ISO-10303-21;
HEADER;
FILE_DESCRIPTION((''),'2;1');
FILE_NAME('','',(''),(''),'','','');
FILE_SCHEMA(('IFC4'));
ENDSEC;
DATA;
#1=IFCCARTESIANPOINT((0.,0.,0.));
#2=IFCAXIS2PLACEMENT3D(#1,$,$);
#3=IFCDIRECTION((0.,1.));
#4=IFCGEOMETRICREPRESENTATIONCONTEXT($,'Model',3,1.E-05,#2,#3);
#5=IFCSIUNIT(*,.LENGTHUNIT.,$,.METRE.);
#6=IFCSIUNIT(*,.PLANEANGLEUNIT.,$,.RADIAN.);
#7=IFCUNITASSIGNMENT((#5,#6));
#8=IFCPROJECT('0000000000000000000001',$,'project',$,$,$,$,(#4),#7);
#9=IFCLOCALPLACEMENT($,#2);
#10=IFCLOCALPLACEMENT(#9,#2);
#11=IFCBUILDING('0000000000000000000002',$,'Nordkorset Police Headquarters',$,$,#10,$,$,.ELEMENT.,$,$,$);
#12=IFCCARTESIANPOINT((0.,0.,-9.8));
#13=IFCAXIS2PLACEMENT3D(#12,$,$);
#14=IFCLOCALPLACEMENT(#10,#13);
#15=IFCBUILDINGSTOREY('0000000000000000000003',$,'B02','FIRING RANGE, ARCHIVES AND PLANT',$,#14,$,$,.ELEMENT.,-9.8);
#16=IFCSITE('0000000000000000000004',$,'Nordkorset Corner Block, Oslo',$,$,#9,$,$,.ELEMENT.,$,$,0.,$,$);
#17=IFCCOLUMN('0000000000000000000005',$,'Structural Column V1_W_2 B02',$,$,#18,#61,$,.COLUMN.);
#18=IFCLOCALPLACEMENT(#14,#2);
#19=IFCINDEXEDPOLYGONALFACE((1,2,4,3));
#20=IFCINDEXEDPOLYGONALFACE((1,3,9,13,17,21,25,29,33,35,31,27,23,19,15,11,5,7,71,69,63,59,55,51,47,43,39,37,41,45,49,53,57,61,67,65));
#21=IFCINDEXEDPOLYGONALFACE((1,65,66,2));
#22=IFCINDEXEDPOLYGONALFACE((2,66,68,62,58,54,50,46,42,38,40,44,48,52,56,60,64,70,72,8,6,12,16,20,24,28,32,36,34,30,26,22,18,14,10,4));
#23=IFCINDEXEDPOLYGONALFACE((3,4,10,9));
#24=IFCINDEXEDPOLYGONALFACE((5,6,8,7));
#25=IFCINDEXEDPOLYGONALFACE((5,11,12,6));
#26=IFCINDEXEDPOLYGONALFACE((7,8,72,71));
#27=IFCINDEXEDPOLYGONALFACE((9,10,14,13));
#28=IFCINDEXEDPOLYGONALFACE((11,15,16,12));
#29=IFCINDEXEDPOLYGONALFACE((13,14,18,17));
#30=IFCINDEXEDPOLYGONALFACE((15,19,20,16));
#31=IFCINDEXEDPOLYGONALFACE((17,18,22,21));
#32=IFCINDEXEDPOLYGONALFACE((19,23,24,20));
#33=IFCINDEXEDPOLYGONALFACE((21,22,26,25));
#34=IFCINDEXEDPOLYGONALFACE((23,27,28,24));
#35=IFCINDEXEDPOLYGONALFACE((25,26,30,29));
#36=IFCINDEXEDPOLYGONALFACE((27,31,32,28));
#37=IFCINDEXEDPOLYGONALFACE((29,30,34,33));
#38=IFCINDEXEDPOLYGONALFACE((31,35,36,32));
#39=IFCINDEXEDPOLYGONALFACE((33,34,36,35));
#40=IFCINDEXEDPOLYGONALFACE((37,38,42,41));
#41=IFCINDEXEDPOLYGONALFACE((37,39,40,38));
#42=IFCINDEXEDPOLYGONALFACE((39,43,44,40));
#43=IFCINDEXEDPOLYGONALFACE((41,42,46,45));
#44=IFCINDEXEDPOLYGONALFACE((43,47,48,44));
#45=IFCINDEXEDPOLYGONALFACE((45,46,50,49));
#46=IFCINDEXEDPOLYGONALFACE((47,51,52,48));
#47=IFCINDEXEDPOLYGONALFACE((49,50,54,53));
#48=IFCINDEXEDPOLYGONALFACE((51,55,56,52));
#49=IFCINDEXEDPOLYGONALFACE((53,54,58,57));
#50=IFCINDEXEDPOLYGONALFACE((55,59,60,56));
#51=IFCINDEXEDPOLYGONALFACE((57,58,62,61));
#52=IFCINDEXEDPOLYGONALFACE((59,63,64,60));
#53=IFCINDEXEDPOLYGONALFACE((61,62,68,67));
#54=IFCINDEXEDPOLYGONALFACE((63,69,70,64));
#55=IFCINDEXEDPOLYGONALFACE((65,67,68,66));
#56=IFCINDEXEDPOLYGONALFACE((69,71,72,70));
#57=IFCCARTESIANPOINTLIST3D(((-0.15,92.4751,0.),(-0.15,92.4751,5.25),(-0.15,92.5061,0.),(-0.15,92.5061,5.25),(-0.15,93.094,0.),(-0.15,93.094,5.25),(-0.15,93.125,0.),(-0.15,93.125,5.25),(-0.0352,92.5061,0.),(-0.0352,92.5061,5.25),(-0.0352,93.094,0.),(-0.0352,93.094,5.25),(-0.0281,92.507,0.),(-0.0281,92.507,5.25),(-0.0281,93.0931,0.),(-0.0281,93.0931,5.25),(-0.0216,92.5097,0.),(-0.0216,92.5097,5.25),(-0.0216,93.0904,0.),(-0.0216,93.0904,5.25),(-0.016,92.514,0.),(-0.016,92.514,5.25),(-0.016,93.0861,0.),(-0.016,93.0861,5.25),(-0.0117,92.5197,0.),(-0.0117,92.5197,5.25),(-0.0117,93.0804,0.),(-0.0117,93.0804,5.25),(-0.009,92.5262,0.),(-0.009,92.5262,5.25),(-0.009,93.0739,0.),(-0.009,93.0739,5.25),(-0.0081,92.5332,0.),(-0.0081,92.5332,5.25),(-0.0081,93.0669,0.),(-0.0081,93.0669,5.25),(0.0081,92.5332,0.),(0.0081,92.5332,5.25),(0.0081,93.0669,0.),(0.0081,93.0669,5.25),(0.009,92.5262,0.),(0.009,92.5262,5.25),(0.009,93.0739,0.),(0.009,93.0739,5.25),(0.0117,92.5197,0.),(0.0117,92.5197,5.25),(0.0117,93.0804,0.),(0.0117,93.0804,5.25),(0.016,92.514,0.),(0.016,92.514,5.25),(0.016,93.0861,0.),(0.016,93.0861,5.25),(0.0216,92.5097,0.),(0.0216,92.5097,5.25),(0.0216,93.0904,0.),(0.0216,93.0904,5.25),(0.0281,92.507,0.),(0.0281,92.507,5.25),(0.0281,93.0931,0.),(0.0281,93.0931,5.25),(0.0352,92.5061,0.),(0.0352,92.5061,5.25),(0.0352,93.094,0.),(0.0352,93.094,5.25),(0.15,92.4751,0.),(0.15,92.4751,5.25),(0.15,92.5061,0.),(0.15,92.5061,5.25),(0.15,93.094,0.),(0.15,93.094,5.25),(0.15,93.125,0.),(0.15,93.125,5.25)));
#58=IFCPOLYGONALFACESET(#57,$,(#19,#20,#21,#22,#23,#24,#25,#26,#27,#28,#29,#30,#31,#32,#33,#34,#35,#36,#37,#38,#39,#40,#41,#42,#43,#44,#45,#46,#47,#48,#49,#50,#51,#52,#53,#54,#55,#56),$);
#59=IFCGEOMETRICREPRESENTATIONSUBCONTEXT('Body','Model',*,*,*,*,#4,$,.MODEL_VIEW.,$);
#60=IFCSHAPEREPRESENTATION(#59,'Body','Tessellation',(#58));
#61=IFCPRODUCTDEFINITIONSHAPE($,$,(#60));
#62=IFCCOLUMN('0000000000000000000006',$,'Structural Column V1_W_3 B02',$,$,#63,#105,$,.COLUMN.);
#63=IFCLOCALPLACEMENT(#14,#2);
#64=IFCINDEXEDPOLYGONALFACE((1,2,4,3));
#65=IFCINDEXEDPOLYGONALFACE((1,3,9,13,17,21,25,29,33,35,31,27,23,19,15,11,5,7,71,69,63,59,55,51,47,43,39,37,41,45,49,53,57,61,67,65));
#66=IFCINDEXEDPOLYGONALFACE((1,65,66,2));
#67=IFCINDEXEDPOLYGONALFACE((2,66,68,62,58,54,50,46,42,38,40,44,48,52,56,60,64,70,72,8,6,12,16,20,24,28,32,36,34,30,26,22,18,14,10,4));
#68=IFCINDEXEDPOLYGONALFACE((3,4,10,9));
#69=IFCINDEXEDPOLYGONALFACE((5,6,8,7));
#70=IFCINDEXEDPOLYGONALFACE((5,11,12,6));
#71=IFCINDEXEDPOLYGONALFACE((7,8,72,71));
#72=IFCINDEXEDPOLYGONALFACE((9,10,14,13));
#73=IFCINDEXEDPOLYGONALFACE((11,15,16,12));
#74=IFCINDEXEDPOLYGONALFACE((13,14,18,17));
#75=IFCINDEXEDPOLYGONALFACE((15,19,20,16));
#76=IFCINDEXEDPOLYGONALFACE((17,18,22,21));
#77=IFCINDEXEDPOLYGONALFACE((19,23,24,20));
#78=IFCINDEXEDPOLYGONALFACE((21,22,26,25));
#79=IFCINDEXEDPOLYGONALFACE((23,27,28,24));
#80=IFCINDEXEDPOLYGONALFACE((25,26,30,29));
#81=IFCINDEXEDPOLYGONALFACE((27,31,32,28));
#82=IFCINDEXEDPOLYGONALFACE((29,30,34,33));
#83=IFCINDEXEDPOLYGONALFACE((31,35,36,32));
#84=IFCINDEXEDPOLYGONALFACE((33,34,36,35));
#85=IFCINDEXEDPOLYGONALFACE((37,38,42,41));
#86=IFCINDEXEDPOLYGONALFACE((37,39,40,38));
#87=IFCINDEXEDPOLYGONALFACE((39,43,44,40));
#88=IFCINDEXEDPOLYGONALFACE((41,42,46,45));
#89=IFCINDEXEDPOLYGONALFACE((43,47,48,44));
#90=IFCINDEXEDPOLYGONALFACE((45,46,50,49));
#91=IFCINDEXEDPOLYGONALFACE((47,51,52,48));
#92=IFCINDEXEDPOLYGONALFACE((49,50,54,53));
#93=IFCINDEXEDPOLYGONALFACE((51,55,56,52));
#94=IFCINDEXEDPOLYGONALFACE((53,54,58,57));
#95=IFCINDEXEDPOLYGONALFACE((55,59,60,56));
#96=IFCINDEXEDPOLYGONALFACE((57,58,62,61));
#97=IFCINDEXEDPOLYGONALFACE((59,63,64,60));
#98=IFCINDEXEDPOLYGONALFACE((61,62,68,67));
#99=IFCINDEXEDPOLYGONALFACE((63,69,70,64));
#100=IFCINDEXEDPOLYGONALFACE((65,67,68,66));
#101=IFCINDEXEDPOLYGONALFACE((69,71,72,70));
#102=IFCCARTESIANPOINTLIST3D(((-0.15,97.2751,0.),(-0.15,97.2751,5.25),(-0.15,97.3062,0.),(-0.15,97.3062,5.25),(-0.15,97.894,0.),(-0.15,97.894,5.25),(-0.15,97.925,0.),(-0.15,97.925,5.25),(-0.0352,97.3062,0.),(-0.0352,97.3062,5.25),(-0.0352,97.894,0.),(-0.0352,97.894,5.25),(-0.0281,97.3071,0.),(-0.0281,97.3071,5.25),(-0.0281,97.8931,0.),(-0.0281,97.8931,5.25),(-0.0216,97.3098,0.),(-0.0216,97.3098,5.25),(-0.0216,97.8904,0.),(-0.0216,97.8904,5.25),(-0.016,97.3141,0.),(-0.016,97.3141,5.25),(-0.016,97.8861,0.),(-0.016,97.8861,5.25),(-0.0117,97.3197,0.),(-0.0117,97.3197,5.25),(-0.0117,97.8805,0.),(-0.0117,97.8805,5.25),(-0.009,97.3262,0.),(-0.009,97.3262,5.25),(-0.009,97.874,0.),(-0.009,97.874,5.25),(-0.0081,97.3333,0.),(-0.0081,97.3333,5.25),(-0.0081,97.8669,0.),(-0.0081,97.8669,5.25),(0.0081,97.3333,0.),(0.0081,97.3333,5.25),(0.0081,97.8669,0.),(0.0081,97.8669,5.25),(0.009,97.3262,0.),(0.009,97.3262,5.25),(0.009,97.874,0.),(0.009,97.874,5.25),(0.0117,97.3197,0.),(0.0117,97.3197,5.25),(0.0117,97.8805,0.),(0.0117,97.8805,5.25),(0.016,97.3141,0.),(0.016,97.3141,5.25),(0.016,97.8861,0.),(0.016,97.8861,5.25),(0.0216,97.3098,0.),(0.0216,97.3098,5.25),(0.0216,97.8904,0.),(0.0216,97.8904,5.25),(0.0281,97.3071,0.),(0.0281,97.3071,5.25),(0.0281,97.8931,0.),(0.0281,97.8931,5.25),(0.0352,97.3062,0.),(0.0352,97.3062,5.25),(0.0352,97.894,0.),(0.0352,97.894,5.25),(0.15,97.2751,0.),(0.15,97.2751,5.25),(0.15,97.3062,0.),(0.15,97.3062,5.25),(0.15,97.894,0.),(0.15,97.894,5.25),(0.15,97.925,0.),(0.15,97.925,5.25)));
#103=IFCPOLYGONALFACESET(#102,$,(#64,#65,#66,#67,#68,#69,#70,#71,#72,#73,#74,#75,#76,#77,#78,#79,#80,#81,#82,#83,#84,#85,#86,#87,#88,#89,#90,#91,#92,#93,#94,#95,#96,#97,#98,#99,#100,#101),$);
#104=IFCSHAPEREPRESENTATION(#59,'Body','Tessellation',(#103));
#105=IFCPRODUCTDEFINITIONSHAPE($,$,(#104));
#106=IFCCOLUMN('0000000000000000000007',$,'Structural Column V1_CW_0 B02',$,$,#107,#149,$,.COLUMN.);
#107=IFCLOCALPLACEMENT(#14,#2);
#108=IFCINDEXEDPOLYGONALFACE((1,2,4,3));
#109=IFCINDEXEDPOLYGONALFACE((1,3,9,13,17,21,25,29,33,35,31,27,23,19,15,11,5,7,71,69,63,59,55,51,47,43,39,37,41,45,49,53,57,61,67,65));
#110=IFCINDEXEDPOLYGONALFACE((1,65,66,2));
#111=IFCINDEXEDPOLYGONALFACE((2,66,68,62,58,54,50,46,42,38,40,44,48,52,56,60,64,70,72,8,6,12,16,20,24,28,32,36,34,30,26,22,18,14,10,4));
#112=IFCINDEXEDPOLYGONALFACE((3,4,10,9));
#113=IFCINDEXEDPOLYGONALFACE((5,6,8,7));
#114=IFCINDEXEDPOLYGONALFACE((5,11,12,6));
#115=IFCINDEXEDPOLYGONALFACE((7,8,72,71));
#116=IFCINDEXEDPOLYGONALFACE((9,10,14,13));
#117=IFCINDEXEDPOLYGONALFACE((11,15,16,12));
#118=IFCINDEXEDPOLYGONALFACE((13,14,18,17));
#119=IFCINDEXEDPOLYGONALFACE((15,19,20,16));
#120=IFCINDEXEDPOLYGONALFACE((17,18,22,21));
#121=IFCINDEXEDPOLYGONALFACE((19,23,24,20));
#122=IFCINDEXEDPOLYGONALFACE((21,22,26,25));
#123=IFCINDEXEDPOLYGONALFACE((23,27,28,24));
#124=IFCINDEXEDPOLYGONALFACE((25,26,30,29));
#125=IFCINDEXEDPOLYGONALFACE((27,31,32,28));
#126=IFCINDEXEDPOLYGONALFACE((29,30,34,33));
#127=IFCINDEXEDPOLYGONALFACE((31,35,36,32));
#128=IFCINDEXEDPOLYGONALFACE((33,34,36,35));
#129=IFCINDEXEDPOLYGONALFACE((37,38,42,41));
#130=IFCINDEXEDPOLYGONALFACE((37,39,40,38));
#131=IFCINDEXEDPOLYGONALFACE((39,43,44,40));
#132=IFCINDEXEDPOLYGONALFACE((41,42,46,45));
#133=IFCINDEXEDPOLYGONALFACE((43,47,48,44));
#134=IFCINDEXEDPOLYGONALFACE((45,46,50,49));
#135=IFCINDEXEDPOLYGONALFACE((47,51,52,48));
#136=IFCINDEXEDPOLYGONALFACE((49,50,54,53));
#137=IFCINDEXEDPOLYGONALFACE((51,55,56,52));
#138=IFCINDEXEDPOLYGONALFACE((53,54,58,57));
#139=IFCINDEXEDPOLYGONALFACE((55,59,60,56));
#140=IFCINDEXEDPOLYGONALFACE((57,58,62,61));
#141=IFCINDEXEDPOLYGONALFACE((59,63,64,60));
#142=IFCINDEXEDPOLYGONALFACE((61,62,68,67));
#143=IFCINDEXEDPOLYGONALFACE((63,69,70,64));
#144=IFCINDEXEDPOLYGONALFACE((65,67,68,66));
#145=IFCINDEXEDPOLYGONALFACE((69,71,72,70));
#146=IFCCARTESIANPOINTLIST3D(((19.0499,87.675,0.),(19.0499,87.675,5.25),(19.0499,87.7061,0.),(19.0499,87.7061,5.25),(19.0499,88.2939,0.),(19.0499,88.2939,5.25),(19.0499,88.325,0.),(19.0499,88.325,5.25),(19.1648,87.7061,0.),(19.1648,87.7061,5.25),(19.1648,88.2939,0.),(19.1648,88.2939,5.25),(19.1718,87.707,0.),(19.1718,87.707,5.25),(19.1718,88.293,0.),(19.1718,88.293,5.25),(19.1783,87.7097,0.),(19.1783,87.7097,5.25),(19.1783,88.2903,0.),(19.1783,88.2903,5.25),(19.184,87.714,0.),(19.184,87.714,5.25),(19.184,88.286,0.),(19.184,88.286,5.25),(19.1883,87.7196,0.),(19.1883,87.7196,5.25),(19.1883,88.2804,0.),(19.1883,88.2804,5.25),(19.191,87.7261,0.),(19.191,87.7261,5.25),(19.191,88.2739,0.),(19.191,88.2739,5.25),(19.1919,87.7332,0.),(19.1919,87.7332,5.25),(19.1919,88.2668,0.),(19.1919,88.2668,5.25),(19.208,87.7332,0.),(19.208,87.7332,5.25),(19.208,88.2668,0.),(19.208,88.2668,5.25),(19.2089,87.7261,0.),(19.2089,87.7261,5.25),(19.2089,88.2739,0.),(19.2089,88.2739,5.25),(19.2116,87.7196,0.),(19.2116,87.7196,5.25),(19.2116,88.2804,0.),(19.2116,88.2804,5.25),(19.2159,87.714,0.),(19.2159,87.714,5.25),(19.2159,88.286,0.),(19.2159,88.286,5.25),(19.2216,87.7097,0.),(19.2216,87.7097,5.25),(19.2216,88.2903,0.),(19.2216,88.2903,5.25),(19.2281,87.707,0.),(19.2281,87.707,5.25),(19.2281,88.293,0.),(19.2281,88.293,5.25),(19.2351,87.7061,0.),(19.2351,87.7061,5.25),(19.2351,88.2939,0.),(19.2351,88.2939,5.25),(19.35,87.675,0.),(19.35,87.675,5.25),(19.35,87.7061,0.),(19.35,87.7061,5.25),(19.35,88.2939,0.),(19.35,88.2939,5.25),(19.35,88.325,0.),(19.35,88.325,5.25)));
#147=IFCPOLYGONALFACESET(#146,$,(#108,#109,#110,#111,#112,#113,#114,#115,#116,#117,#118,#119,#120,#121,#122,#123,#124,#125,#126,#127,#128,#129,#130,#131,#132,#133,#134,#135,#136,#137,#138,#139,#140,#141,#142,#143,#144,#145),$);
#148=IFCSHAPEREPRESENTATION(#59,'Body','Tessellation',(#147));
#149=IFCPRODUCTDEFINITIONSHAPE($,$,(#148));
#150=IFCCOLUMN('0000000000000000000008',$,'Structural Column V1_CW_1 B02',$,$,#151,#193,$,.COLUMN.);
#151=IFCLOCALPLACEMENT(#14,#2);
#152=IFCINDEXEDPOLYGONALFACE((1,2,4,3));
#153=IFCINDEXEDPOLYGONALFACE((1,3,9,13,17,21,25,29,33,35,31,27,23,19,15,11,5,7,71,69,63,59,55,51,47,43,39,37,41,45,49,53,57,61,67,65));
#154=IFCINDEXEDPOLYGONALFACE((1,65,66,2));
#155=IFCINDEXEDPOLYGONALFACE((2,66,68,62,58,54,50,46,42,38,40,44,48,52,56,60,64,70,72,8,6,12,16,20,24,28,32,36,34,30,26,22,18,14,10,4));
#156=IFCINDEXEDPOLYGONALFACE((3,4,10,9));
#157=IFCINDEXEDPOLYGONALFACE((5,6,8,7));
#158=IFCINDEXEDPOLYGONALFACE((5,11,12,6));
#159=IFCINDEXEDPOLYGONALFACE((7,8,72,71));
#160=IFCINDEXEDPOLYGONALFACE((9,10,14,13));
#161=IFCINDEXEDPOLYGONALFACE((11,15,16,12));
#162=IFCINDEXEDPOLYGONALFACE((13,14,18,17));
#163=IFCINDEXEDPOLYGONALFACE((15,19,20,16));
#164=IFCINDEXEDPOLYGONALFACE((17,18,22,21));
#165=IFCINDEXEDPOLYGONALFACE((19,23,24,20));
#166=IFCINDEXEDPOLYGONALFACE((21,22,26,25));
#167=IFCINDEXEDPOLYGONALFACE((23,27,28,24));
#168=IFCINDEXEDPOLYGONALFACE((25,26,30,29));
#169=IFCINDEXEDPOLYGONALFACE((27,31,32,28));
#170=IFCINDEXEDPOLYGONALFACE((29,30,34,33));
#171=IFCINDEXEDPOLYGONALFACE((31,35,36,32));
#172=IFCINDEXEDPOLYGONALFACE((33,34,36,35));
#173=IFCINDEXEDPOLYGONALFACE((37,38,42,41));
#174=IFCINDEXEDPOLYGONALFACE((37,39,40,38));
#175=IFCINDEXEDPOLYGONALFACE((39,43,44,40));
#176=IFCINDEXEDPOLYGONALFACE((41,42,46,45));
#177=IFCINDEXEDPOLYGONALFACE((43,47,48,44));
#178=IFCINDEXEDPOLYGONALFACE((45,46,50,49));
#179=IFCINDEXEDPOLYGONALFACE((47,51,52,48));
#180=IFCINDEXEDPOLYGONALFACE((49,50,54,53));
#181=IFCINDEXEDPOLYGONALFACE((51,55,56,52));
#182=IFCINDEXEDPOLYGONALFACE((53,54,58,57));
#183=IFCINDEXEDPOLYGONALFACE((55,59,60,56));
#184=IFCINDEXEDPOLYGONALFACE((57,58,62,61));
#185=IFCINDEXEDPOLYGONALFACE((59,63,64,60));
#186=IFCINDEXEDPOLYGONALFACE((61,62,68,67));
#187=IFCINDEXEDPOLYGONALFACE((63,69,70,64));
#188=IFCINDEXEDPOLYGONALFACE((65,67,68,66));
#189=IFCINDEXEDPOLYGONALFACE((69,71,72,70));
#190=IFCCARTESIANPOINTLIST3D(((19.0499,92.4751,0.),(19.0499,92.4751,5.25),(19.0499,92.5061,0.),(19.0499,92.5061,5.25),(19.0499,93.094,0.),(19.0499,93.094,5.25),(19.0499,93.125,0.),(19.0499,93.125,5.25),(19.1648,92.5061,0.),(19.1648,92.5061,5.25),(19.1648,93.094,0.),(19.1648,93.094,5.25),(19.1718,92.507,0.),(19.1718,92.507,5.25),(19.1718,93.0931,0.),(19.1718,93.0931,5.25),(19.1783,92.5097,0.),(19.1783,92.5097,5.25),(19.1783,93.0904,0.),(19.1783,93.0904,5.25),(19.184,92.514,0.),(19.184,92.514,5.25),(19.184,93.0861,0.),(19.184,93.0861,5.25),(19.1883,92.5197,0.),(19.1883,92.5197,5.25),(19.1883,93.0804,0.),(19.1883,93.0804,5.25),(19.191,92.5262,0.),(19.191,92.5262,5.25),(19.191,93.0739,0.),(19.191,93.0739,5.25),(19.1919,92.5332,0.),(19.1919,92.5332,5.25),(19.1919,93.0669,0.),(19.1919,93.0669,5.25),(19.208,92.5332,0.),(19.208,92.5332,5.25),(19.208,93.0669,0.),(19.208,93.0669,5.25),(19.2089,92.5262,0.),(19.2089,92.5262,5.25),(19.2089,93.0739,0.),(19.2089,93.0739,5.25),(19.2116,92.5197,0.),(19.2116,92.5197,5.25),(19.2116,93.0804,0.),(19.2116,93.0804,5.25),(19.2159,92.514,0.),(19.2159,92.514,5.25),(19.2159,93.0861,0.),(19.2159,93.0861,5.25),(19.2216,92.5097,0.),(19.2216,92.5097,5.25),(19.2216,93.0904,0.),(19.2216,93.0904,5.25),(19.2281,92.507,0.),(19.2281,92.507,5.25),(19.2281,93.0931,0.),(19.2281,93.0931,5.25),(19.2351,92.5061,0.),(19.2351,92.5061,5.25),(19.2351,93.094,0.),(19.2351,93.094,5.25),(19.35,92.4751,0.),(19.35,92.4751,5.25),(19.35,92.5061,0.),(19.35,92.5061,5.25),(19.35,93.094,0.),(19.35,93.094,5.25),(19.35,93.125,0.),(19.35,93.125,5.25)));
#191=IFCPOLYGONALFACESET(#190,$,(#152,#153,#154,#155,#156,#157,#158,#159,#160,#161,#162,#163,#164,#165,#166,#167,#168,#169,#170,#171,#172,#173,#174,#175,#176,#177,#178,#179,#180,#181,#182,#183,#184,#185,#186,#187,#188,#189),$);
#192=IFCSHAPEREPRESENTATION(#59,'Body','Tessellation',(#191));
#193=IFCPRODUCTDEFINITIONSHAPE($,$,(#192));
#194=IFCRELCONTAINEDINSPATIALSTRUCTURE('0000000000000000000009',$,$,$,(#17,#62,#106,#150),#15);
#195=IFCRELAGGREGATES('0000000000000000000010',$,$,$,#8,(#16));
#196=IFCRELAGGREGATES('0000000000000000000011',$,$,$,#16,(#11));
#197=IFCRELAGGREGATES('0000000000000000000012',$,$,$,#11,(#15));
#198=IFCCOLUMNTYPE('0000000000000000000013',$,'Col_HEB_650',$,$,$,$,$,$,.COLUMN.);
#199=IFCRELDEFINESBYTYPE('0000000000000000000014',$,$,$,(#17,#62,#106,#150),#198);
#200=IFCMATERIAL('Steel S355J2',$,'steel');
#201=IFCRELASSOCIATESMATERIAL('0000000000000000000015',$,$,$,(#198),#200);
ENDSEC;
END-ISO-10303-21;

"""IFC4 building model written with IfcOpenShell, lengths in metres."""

from ifc_helpers import new_model, si_unit, direction, frame, origin, origin_2d, place, context, subcontext, project, spatial, i_section, extrude, material, material_profile, profile_set, type_object, element, save


model = new_model("IFC4")

# Units and contexts
model_context = context("Model", 3, precision=1e-05, world=origin(), true_north=direction((0.0, 1.0)))
body_context = subcontext(model_context, "Body", "Model", "MODEL_VIEW")
ifc_project = project(units=[si_unit("LENGTHUNIT", "METRE"), si_unit("PLANEANGLEUNIT", "RADIAN")], contexts=[model_context])

# Site, building, storey
site_placement = place(None, origin())
site = spatial("IfcSite", under=ifc_project, at=site_placement, Name="Nordkorset Corner Block, Oslo", CompositionType="ELEMENT", RefElevation=0.0)
building_placement = place(site_placement, origin())
building = spatial("IfcBuilding", under=site, at=building_placement, Name="Nordkorset Police Headquarters", CompositionType="ELEMENT")
storey_placement = place(building_placement, frame((0.0, 0.0, -9.8)))
storey = spatial("IfcBuildingStorey", under=building, at=storey_placement, Name="B02", Description="FIRING RANGE, ARCHIVES AND PLANT", CompositionType="ELEMENT", Elevation=-9.8)

# Columns
ifc_material_1 = material(Name="Steel S355J2", Category="steel")
ifc_material_profile_1 = material_profile(ifc_material_1, i_section(OverallWidth=0.3, OverallDepth=0.6499, WebThickness=0.0161, FlangeThickness=0.031, FilletRadius=0.0271, at=origin_2d()), Name="HEB 650")
ifc_profile_set_1 = profile_set([ifc_material_profile_1], Name="Steel S355J2")
column_type_1 = type_object("IfcColumnType", Name="Col_HEB_650", PredefinedType="COLUMN", material=ifc_profile_set_1)
for number, where, z_axis, x_axis, name in (
    (1, (0.0, 92.8, 0.0), (0.0, 0.0, 1.0), (1.0, 0.0, 0.0), "Structural Column V1_W_2 B02"),
    (2, (0.0, 97.6001, 0.0), (0.0, 0.0, 1.0), (1.0, 0.0, 0.0), "Structural Column V1_W_3 B02"),
    (3, (19.2, 88.0, 0.0), (0.0, 0.0, 1.0), (1.0, 0.0, 0.0), "Structural Column V1_CW_0 B02"),
    (4, (19.2, 92.8, 0.0), (0.0, 0.0, 1.0), (1.0, 0.0, 0.0), "Structural Column V1_CW_1 B02"),
):
    element("IfcColumn", number, at=place(storey_placement, frame(where, z_axis=z_axis, x_axis=x_axis)), inside=storey, type_object=column_type_1, Name=name, PredefinedType="COLUMN", context=body_context, shape_type="SweptSolid", body=[
        extrude(i_section(OverallWidth=0.3, OverallDepth=0.6499, WebThickness=0.0161, FlangeThickness=0.031, FilletRadius=0.0271, at=origin_2d()), origin(), (0.0, 0.0, 1.0), 5.25),
    ])

save(model, "model.ifc")
